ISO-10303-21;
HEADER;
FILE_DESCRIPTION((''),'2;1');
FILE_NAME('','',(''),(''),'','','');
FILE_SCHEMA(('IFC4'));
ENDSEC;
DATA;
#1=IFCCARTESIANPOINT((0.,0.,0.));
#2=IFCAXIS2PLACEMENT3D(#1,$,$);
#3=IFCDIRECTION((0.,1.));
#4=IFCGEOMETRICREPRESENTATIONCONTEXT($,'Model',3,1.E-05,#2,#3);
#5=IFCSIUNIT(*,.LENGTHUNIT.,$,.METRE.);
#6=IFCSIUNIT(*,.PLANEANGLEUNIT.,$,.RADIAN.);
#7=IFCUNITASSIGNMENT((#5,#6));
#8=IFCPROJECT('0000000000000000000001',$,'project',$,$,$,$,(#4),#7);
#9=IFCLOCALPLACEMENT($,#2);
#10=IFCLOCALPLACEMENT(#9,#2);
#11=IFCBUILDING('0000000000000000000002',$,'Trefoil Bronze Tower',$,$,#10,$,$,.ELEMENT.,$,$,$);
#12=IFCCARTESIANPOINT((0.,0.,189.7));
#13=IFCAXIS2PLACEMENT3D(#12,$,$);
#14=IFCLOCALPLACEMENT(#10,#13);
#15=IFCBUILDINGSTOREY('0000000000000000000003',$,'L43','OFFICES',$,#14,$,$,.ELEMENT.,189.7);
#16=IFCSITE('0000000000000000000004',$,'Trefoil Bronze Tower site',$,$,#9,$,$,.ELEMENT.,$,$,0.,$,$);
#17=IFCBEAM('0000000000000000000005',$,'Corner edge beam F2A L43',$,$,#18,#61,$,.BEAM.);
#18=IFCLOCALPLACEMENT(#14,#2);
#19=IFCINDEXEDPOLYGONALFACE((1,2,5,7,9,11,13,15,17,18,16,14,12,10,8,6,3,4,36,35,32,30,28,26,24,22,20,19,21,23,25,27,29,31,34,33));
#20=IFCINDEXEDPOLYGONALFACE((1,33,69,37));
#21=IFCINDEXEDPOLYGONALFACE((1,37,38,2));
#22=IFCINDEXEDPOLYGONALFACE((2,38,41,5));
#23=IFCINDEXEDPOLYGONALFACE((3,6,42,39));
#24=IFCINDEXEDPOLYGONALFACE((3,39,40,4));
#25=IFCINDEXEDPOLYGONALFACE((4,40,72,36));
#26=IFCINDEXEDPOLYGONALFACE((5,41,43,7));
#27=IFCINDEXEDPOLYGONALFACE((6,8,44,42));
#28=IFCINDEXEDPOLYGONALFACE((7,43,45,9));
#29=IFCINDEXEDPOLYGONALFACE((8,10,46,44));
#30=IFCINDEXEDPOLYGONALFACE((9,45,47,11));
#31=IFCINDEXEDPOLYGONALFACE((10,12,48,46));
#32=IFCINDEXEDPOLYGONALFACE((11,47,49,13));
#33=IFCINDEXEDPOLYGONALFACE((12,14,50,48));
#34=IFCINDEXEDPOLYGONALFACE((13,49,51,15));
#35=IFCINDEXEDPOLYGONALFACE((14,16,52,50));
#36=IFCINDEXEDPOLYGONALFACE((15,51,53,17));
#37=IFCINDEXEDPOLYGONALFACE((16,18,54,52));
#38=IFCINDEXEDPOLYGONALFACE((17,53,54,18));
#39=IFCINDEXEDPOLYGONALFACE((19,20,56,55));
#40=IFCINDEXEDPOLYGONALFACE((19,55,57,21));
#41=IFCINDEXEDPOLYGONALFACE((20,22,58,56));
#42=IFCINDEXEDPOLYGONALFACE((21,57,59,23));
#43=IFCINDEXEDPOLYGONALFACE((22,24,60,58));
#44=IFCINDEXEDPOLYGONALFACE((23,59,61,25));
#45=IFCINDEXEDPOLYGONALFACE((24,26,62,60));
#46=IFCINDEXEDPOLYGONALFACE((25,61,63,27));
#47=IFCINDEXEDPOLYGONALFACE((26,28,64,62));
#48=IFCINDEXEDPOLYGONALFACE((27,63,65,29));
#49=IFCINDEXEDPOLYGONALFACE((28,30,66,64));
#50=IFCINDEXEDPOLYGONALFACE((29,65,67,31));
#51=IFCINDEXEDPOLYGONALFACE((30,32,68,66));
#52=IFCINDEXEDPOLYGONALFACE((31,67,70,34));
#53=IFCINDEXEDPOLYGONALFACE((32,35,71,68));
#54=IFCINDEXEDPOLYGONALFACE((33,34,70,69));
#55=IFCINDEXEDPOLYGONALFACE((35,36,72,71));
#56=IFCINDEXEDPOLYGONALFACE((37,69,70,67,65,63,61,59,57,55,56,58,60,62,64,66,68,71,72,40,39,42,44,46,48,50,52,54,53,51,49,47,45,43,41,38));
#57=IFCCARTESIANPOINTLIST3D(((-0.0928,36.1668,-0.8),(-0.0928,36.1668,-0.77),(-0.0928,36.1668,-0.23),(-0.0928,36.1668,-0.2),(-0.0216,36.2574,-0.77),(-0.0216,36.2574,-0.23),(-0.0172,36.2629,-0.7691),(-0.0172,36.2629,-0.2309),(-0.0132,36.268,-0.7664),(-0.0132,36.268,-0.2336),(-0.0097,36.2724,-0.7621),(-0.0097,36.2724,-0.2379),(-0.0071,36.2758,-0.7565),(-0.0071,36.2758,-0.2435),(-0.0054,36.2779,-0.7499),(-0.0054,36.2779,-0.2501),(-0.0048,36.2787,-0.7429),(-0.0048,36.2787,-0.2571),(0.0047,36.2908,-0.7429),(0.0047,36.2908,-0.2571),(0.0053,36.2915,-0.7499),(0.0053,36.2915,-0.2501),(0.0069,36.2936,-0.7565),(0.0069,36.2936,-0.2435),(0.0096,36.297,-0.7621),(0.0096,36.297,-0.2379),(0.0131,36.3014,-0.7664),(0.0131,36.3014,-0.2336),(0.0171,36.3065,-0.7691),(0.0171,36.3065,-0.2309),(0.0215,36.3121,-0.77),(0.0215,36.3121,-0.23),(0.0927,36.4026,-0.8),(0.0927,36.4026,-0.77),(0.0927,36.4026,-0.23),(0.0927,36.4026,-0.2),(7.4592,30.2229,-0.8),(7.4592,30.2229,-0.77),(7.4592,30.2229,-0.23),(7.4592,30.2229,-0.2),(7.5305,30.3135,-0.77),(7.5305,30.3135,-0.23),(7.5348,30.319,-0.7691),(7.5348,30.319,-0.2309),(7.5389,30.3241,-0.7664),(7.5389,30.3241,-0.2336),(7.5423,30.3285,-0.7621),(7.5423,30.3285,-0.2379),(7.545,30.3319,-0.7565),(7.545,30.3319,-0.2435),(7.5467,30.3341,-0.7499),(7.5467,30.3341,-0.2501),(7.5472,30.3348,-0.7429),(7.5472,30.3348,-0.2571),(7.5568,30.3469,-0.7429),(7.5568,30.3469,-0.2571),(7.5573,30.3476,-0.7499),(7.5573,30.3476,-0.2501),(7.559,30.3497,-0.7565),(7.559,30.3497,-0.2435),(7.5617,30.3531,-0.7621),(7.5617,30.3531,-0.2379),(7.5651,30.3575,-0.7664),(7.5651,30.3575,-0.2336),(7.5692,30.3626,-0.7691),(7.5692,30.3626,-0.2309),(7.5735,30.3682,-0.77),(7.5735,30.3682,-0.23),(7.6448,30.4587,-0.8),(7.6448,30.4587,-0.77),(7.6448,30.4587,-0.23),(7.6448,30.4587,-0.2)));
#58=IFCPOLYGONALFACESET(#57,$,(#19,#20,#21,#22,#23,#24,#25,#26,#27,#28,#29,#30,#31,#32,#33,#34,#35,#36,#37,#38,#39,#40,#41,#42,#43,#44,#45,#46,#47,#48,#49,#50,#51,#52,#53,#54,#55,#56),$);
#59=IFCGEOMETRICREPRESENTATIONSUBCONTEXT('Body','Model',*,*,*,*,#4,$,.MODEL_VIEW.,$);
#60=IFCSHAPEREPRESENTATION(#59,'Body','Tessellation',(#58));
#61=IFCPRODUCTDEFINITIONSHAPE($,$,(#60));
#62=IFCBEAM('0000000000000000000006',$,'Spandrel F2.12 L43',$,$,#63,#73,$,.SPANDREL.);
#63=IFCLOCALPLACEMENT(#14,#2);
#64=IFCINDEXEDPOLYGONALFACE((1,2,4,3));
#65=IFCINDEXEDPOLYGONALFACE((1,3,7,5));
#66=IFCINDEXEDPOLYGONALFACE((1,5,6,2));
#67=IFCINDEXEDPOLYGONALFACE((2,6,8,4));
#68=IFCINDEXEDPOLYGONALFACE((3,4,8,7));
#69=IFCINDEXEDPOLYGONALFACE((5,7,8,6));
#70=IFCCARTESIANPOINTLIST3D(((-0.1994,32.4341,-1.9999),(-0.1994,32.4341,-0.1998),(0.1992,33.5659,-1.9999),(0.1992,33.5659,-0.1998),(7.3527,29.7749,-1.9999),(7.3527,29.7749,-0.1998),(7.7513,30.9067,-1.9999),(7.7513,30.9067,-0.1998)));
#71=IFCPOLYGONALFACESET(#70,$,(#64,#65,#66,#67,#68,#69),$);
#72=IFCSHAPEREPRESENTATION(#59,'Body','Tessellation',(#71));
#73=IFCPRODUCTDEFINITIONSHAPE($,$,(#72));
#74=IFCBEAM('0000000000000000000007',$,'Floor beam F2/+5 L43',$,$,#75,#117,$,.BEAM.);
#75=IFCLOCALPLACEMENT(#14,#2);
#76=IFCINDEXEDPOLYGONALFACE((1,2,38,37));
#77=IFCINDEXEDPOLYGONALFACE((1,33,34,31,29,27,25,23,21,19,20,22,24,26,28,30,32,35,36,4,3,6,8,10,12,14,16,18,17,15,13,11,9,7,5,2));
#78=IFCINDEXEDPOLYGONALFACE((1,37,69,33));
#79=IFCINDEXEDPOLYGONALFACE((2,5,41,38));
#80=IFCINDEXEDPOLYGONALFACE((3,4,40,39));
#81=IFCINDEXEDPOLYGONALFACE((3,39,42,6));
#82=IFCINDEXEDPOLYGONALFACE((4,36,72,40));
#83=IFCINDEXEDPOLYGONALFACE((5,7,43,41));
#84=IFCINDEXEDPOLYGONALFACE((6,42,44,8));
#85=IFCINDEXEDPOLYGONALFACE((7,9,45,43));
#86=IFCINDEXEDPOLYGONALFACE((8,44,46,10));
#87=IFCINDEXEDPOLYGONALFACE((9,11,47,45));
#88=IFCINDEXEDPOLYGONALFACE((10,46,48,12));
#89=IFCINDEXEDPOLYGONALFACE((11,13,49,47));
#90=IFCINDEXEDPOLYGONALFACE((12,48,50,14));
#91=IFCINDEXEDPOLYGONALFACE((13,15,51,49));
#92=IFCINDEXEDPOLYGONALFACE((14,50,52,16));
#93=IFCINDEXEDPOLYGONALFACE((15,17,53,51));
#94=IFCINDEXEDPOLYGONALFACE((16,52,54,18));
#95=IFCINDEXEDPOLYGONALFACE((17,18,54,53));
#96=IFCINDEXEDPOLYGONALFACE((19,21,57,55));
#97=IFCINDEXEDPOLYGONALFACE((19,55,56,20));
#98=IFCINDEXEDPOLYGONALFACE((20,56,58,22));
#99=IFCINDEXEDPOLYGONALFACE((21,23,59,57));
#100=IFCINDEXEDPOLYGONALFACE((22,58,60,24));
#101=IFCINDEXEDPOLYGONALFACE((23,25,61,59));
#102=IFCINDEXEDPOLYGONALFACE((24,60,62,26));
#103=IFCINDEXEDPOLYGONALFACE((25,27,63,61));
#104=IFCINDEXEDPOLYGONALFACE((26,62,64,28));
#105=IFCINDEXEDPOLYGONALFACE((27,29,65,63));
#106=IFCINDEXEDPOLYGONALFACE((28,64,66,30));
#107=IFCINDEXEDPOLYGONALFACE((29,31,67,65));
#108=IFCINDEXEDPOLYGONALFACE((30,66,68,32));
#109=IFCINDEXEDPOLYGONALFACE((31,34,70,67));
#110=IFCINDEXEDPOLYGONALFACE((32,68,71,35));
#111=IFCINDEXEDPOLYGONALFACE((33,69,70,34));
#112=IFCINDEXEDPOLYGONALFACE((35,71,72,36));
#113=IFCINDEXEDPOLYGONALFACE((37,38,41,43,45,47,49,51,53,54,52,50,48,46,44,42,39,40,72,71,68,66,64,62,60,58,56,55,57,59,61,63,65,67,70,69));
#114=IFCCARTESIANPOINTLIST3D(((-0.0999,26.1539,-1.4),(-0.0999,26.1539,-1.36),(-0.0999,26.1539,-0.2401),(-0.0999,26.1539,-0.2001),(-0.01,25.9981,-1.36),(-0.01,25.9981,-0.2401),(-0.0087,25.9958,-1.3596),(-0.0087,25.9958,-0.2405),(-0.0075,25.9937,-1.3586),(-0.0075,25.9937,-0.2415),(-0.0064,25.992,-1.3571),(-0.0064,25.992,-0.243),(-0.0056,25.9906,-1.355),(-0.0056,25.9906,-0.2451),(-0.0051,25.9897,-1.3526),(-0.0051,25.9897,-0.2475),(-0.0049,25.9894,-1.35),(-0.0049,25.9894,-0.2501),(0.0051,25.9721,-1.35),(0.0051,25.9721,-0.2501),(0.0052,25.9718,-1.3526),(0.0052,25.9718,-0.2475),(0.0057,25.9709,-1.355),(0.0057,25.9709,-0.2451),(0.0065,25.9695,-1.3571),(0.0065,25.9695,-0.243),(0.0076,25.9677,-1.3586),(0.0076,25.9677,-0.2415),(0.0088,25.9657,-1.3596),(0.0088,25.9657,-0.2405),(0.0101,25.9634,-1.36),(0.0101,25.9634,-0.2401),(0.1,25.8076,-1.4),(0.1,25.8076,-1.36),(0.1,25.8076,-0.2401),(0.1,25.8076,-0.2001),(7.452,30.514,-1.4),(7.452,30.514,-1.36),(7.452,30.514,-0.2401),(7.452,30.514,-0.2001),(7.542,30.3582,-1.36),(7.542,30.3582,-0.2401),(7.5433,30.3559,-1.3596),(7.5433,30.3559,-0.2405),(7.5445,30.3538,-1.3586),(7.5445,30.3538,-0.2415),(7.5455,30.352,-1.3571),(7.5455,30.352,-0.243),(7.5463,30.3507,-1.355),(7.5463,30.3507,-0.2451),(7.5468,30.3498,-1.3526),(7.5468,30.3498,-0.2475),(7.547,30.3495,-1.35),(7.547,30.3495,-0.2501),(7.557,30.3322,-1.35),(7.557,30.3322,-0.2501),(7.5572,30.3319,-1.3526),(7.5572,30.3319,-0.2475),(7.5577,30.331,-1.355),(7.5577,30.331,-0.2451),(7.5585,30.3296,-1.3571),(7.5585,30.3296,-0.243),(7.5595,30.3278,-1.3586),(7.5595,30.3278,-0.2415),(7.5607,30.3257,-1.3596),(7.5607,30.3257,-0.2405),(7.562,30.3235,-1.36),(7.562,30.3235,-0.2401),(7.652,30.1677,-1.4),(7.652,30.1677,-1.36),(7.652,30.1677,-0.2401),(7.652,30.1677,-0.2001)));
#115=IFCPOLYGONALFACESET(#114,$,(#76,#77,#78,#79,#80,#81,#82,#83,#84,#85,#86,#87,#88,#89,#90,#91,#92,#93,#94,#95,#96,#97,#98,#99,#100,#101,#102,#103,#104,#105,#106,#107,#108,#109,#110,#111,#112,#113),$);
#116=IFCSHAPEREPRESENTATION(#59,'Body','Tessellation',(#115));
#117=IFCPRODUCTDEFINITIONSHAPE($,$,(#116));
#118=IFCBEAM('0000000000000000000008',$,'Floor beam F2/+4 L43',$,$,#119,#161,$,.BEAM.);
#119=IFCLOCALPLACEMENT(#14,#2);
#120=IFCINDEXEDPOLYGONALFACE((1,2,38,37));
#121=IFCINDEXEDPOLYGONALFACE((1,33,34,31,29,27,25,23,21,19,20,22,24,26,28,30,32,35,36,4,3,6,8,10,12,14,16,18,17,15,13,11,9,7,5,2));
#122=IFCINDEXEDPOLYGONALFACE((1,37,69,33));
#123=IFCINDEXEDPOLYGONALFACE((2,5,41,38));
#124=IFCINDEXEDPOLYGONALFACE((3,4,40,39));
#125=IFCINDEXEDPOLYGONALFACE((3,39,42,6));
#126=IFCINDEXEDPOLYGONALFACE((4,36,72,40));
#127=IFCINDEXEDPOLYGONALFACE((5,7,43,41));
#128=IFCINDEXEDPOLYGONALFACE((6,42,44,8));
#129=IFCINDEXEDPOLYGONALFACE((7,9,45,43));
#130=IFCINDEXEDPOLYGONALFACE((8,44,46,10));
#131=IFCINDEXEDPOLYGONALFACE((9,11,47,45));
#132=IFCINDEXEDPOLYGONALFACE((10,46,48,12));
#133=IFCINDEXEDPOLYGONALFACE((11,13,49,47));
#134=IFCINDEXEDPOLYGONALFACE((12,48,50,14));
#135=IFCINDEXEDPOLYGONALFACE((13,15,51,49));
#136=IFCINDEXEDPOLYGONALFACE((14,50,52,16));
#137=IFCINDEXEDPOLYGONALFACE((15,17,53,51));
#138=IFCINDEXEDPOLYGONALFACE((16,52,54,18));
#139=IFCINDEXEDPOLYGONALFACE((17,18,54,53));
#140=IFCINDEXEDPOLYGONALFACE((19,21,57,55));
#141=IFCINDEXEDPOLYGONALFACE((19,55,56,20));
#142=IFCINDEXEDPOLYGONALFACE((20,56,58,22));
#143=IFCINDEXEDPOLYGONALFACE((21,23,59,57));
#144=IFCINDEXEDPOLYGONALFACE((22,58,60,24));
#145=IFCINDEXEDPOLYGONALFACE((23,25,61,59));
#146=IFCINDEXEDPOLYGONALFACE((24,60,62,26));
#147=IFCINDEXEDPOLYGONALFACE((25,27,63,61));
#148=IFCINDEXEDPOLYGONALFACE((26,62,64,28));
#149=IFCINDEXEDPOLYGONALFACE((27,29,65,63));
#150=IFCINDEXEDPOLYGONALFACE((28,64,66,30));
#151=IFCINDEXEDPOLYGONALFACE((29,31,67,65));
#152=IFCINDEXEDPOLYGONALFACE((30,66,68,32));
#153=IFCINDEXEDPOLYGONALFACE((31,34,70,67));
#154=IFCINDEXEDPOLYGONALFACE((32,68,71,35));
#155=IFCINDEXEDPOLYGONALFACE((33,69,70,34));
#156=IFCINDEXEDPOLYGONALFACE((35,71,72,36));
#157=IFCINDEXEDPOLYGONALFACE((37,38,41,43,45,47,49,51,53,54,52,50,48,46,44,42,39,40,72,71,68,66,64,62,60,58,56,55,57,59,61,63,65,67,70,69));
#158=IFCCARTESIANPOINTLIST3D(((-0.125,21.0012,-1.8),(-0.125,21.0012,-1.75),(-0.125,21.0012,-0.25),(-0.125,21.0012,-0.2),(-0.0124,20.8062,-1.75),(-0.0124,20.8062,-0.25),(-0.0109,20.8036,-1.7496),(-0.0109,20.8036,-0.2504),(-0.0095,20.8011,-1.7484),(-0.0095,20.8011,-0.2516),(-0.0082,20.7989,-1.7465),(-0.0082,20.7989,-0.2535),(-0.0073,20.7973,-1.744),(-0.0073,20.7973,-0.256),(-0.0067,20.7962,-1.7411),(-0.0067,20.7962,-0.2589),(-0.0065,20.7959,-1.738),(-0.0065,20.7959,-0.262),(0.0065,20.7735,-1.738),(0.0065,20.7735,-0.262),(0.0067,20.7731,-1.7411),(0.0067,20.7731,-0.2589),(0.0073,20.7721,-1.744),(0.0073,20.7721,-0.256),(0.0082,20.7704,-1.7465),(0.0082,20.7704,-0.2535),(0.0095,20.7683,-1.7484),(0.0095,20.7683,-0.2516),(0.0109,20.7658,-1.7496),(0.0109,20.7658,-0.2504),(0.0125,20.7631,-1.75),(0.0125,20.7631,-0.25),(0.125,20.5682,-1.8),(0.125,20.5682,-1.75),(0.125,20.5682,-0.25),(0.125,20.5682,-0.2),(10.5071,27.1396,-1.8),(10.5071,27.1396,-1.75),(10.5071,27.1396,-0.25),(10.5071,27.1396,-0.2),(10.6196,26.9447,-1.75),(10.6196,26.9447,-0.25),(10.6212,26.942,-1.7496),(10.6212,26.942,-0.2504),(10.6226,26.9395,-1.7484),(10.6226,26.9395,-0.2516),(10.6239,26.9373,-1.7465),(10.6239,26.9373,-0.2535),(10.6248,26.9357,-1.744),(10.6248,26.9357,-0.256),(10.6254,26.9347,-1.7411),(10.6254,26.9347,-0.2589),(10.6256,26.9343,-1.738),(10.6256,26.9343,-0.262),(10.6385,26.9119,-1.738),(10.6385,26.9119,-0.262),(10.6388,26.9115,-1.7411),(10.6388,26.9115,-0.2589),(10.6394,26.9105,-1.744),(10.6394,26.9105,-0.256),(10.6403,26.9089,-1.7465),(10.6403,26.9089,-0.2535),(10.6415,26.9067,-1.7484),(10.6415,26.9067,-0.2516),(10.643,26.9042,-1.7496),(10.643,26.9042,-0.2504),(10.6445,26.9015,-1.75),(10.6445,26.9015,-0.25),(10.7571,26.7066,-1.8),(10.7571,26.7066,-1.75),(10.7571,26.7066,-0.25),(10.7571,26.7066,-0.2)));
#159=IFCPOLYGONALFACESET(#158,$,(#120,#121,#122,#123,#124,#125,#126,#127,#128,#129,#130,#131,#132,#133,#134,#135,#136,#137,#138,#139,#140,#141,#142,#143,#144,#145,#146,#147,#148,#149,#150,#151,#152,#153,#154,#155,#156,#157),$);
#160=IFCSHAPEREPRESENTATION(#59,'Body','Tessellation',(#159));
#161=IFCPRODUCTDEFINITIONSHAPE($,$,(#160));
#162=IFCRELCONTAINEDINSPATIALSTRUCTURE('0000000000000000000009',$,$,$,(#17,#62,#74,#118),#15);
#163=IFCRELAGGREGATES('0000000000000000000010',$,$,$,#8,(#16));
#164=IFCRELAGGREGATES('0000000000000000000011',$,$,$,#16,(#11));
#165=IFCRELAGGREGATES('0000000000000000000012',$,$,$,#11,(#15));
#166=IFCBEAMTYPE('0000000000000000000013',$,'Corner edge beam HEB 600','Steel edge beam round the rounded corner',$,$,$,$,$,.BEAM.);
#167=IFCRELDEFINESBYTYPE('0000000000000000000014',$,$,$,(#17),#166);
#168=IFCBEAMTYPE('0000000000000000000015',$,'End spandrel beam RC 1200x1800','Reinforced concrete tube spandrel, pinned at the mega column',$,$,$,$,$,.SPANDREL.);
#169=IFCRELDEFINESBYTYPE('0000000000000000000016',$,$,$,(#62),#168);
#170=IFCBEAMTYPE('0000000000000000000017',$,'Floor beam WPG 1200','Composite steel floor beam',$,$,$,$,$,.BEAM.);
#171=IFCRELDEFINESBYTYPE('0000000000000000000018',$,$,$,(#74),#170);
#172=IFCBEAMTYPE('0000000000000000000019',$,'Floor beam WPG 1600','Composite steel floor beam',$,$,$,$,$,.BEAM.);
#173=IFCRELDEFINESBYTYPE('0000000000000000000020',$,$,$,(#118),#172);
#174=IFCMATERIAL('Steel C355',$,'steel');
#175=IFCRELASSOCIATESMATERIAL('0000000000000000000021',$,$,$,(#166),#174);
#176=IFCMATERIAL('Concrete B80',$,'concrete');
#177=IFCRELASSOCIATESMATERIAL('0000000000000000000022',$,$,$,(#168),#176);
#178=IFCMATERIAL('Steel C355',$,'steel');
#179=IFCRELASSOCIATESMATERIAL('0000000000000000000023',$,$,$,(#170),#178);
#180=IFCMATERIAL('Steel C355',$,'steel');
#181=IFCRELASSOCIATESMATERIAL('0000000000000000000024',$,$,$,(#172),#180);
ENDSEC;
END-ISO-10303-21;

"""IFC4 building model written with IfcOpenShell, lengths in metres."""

from ifc_helpers import new_model, si_unit, direction, frame, origin, origin_2d, place, context, subcontext, project, spatial, rectangle, i_section, extrude, material, material_profile, profile_set, type_object, element, save


model = new_model("IFC4")

# Units and contexts
model_context = context("Model", 3, precision=1e-05, world=origin(), true_north=direction((0.0, 1.0)))
body_context = subcontext(model_context, "Body", "Model", "MODEL_VIEW")
ifc_project = project(units=[si_unit("LENGTHUNIT", "METRE"), si_unit("PLANEANGLEUNIT", "RADIAN")], contexts=[model_context])

# Site, building, storey
site_placement = place(None, origin())
site = spatial("IfcSite", under=ifc_project, at=site_placement, Name="Trefoil Bronze Tower site", CompositionType="ELEMENT", RefElevation=0.0)
building_placement = place(site_placement, origin())
building = spatial("IfcBuilding", under=site, at=building_placement, Name="Trefoil Bronze Tower", CompositionType="ELEMENT")
storey_placement = place(building_placement, frame((0.0, 0.0, 189.7)))
storey = spatial("IfcBuildingStorey", under=building, at=storey_placement, Name="L43", Description="OFFICES", CompositionType="ELEMENT", Elevation=189.7)

# Beams
ifc_material_1 = material(Name="Steel C355", Category="steel")
ifc_material_profile_1 = material_profile(ifc_material_1, i_section(OverallWidth=0.3, OverallDepth=0.6001, WebThickness=0.0154, FlangeThickness=0.03, FilletRadius=0.0271, at=origin_2d()), Name="HEB 600")
ifc_profile_set_1 = profile_set([ifc_material_profile_1], Name="Steel C355")
beam_type_1 = type_object("IfcBeamType", Name="Corner edge beam HEB 600", Description="Steel edge beam round the rounded corner", PredefinedType="BEAM", material=ifc_profile_set_1)
beam_1_placement = place(storey_placement, frame((7.552, 30.3408, -0.5), z_axis=(-0.785806, 0.618473, 0.0), x_axis=(-0.618473, -0.785806, 0.0)))
element("IfcBeam", 1, at=beam_1_placement, inside=storey, type_object=beam_type_1, Name="Corner edge beam F2A L43", PredefinedType="BEAM", context=body_context, shape_type="SweptSolid", body=[
    extrude(i_section(OverallWidth=0.3, OverallDepth=0.6001, WebThickness=0.0154, FlangeThickness=0.03, FilletRadius=0.0271, at=origin_2d()), origin(), (0.0, 0.0, 1.0), 9.6106),
])
ifc_material_2 = material(Name="Concrete B80", Category="concrete")
ifc_material_profile_2 = material_profile(ifc_material_2, rectangle(XDim=1.2, YDim=1.8, at=origin_2d()), Name="RC 1200x1800")
ifc_profile_set_2 = profile_set([ifc_material_profile_2], Name="Concrete B80")
beam_type_2 = type_object("IfcBeamType", Name="End spandrel beam RC 1200x1800", Description="Reinforced concrete tube spandrel, pinned at the mega column", PredefinedType="SPANDREL", material=ifc_profile_set_2)
beam_2_placement = place(storey_placement, frame((7.552, 30.3408, -1.0999), z_axis=(-0.943234, 0.332128, 0.0), x_axis=(-0.332128, -0.943234, 0.0)))
element("IfcBeam", 2, at=beam_2_placement, inside=storey, type_object=beam_type_2, Name="Spandrel F2.12 L43", PredefinedType="SPANDREL", context=body_context, shape_type="SweptSolid", body=[
    extrude(rectangle(XDim=1.2, YDim=1.8, at=origin_2d()), origin(), (0.0, 0.0, 1.0), 8.0066),
])
ifc_material_3 = material(Name="Steel C355", Category="steel")
ifc_material_profile_3 = material_profile(ifc_material_3, i_section(OverallWidth=0.3999, OverallDepth=1.2, WebThickness=0.02, FlangeThickness=0.04, FilletRadius=0.01, at=origin_2d()), Name="WPG 1200")
ifc_profile_set_3 = profile_set([ifc_material_profile_3], Name="Steel C355")
beam_type_3 = type_object("IfcBeamType", Name="Floor beam WPG 1200", Description="Composite steel floor beam", PredefinedType="BEAM", material=ifc_profile_set_3)
beam_3_placement = place(storey_placement, frame((7.552, 30.3408, -0.8), z_axis=(-0.866028, -0.499996, 0.0), x_axis=(0.499996, -0.866028, 0.0)))
element("IfcBeam", 3, at=beam_3_placement, inside=storey, type_object=beam_type_3, Name="Floor beam F2/+5 L43", PredefinedType="BEAM", context=body_context, shape_type="SweptSolid", body=[
    extrude(i_section(OverallWidth=0.3999, OverallDepth=1.2, WebThickness=0.02, FlangeThickness=0.04, FilletRadius=0.01, at=origin_2d()), origin(), (0.0, 0.0, 1.0), 8.7202),
])
ifc_material_4 = material(Name="Steel C355", Category="steel")
ifc_material_profile_4 = material_profile(ifc_material_4, i_section(OverallWidth=0.5, OverallDepth=1.6001, WebThickness=0.0259, FlangeThickness=0.05, FilletRadius=0.012, at=origin_2d()), Name="WPG 1600")
ifc_profile_set_4 = profile_set([ifc_material_profile_4], Name="Steel C355")
beam_type_4 = type_object("IfcBeamType", Name="Floor beam WPG 1600", Description="Composite steel floor beam", PredefinedType="BEAM", material=ifc_profile_set_4)
beam_4_placement = place(storey_placement, frame((10.6321, 26.9231, -1.0), z_axis=(-0.866026, -0.5, 0.0), x_axis=(0.5, -0.866026, 0.0)))
element("IfcBeam", 4, at=beam_4_placement, inside=storey, type_object=beam_type_4, Name="Floor beam F2/+4 L43", PredefinedType="BEAM", context=body_context, shape_type="SweptSolid", body=[
    extrude(i_section(OverallWidth=0.5, OverallDepth=1.6001, WebThickness=0.0259, FlangeThickness=0.05, FilletRadius=0.012, at=origin_2d()), origin(), (0.0, 0.0, 1.0), 12.2769),
])

save(model, "model.ifc")
